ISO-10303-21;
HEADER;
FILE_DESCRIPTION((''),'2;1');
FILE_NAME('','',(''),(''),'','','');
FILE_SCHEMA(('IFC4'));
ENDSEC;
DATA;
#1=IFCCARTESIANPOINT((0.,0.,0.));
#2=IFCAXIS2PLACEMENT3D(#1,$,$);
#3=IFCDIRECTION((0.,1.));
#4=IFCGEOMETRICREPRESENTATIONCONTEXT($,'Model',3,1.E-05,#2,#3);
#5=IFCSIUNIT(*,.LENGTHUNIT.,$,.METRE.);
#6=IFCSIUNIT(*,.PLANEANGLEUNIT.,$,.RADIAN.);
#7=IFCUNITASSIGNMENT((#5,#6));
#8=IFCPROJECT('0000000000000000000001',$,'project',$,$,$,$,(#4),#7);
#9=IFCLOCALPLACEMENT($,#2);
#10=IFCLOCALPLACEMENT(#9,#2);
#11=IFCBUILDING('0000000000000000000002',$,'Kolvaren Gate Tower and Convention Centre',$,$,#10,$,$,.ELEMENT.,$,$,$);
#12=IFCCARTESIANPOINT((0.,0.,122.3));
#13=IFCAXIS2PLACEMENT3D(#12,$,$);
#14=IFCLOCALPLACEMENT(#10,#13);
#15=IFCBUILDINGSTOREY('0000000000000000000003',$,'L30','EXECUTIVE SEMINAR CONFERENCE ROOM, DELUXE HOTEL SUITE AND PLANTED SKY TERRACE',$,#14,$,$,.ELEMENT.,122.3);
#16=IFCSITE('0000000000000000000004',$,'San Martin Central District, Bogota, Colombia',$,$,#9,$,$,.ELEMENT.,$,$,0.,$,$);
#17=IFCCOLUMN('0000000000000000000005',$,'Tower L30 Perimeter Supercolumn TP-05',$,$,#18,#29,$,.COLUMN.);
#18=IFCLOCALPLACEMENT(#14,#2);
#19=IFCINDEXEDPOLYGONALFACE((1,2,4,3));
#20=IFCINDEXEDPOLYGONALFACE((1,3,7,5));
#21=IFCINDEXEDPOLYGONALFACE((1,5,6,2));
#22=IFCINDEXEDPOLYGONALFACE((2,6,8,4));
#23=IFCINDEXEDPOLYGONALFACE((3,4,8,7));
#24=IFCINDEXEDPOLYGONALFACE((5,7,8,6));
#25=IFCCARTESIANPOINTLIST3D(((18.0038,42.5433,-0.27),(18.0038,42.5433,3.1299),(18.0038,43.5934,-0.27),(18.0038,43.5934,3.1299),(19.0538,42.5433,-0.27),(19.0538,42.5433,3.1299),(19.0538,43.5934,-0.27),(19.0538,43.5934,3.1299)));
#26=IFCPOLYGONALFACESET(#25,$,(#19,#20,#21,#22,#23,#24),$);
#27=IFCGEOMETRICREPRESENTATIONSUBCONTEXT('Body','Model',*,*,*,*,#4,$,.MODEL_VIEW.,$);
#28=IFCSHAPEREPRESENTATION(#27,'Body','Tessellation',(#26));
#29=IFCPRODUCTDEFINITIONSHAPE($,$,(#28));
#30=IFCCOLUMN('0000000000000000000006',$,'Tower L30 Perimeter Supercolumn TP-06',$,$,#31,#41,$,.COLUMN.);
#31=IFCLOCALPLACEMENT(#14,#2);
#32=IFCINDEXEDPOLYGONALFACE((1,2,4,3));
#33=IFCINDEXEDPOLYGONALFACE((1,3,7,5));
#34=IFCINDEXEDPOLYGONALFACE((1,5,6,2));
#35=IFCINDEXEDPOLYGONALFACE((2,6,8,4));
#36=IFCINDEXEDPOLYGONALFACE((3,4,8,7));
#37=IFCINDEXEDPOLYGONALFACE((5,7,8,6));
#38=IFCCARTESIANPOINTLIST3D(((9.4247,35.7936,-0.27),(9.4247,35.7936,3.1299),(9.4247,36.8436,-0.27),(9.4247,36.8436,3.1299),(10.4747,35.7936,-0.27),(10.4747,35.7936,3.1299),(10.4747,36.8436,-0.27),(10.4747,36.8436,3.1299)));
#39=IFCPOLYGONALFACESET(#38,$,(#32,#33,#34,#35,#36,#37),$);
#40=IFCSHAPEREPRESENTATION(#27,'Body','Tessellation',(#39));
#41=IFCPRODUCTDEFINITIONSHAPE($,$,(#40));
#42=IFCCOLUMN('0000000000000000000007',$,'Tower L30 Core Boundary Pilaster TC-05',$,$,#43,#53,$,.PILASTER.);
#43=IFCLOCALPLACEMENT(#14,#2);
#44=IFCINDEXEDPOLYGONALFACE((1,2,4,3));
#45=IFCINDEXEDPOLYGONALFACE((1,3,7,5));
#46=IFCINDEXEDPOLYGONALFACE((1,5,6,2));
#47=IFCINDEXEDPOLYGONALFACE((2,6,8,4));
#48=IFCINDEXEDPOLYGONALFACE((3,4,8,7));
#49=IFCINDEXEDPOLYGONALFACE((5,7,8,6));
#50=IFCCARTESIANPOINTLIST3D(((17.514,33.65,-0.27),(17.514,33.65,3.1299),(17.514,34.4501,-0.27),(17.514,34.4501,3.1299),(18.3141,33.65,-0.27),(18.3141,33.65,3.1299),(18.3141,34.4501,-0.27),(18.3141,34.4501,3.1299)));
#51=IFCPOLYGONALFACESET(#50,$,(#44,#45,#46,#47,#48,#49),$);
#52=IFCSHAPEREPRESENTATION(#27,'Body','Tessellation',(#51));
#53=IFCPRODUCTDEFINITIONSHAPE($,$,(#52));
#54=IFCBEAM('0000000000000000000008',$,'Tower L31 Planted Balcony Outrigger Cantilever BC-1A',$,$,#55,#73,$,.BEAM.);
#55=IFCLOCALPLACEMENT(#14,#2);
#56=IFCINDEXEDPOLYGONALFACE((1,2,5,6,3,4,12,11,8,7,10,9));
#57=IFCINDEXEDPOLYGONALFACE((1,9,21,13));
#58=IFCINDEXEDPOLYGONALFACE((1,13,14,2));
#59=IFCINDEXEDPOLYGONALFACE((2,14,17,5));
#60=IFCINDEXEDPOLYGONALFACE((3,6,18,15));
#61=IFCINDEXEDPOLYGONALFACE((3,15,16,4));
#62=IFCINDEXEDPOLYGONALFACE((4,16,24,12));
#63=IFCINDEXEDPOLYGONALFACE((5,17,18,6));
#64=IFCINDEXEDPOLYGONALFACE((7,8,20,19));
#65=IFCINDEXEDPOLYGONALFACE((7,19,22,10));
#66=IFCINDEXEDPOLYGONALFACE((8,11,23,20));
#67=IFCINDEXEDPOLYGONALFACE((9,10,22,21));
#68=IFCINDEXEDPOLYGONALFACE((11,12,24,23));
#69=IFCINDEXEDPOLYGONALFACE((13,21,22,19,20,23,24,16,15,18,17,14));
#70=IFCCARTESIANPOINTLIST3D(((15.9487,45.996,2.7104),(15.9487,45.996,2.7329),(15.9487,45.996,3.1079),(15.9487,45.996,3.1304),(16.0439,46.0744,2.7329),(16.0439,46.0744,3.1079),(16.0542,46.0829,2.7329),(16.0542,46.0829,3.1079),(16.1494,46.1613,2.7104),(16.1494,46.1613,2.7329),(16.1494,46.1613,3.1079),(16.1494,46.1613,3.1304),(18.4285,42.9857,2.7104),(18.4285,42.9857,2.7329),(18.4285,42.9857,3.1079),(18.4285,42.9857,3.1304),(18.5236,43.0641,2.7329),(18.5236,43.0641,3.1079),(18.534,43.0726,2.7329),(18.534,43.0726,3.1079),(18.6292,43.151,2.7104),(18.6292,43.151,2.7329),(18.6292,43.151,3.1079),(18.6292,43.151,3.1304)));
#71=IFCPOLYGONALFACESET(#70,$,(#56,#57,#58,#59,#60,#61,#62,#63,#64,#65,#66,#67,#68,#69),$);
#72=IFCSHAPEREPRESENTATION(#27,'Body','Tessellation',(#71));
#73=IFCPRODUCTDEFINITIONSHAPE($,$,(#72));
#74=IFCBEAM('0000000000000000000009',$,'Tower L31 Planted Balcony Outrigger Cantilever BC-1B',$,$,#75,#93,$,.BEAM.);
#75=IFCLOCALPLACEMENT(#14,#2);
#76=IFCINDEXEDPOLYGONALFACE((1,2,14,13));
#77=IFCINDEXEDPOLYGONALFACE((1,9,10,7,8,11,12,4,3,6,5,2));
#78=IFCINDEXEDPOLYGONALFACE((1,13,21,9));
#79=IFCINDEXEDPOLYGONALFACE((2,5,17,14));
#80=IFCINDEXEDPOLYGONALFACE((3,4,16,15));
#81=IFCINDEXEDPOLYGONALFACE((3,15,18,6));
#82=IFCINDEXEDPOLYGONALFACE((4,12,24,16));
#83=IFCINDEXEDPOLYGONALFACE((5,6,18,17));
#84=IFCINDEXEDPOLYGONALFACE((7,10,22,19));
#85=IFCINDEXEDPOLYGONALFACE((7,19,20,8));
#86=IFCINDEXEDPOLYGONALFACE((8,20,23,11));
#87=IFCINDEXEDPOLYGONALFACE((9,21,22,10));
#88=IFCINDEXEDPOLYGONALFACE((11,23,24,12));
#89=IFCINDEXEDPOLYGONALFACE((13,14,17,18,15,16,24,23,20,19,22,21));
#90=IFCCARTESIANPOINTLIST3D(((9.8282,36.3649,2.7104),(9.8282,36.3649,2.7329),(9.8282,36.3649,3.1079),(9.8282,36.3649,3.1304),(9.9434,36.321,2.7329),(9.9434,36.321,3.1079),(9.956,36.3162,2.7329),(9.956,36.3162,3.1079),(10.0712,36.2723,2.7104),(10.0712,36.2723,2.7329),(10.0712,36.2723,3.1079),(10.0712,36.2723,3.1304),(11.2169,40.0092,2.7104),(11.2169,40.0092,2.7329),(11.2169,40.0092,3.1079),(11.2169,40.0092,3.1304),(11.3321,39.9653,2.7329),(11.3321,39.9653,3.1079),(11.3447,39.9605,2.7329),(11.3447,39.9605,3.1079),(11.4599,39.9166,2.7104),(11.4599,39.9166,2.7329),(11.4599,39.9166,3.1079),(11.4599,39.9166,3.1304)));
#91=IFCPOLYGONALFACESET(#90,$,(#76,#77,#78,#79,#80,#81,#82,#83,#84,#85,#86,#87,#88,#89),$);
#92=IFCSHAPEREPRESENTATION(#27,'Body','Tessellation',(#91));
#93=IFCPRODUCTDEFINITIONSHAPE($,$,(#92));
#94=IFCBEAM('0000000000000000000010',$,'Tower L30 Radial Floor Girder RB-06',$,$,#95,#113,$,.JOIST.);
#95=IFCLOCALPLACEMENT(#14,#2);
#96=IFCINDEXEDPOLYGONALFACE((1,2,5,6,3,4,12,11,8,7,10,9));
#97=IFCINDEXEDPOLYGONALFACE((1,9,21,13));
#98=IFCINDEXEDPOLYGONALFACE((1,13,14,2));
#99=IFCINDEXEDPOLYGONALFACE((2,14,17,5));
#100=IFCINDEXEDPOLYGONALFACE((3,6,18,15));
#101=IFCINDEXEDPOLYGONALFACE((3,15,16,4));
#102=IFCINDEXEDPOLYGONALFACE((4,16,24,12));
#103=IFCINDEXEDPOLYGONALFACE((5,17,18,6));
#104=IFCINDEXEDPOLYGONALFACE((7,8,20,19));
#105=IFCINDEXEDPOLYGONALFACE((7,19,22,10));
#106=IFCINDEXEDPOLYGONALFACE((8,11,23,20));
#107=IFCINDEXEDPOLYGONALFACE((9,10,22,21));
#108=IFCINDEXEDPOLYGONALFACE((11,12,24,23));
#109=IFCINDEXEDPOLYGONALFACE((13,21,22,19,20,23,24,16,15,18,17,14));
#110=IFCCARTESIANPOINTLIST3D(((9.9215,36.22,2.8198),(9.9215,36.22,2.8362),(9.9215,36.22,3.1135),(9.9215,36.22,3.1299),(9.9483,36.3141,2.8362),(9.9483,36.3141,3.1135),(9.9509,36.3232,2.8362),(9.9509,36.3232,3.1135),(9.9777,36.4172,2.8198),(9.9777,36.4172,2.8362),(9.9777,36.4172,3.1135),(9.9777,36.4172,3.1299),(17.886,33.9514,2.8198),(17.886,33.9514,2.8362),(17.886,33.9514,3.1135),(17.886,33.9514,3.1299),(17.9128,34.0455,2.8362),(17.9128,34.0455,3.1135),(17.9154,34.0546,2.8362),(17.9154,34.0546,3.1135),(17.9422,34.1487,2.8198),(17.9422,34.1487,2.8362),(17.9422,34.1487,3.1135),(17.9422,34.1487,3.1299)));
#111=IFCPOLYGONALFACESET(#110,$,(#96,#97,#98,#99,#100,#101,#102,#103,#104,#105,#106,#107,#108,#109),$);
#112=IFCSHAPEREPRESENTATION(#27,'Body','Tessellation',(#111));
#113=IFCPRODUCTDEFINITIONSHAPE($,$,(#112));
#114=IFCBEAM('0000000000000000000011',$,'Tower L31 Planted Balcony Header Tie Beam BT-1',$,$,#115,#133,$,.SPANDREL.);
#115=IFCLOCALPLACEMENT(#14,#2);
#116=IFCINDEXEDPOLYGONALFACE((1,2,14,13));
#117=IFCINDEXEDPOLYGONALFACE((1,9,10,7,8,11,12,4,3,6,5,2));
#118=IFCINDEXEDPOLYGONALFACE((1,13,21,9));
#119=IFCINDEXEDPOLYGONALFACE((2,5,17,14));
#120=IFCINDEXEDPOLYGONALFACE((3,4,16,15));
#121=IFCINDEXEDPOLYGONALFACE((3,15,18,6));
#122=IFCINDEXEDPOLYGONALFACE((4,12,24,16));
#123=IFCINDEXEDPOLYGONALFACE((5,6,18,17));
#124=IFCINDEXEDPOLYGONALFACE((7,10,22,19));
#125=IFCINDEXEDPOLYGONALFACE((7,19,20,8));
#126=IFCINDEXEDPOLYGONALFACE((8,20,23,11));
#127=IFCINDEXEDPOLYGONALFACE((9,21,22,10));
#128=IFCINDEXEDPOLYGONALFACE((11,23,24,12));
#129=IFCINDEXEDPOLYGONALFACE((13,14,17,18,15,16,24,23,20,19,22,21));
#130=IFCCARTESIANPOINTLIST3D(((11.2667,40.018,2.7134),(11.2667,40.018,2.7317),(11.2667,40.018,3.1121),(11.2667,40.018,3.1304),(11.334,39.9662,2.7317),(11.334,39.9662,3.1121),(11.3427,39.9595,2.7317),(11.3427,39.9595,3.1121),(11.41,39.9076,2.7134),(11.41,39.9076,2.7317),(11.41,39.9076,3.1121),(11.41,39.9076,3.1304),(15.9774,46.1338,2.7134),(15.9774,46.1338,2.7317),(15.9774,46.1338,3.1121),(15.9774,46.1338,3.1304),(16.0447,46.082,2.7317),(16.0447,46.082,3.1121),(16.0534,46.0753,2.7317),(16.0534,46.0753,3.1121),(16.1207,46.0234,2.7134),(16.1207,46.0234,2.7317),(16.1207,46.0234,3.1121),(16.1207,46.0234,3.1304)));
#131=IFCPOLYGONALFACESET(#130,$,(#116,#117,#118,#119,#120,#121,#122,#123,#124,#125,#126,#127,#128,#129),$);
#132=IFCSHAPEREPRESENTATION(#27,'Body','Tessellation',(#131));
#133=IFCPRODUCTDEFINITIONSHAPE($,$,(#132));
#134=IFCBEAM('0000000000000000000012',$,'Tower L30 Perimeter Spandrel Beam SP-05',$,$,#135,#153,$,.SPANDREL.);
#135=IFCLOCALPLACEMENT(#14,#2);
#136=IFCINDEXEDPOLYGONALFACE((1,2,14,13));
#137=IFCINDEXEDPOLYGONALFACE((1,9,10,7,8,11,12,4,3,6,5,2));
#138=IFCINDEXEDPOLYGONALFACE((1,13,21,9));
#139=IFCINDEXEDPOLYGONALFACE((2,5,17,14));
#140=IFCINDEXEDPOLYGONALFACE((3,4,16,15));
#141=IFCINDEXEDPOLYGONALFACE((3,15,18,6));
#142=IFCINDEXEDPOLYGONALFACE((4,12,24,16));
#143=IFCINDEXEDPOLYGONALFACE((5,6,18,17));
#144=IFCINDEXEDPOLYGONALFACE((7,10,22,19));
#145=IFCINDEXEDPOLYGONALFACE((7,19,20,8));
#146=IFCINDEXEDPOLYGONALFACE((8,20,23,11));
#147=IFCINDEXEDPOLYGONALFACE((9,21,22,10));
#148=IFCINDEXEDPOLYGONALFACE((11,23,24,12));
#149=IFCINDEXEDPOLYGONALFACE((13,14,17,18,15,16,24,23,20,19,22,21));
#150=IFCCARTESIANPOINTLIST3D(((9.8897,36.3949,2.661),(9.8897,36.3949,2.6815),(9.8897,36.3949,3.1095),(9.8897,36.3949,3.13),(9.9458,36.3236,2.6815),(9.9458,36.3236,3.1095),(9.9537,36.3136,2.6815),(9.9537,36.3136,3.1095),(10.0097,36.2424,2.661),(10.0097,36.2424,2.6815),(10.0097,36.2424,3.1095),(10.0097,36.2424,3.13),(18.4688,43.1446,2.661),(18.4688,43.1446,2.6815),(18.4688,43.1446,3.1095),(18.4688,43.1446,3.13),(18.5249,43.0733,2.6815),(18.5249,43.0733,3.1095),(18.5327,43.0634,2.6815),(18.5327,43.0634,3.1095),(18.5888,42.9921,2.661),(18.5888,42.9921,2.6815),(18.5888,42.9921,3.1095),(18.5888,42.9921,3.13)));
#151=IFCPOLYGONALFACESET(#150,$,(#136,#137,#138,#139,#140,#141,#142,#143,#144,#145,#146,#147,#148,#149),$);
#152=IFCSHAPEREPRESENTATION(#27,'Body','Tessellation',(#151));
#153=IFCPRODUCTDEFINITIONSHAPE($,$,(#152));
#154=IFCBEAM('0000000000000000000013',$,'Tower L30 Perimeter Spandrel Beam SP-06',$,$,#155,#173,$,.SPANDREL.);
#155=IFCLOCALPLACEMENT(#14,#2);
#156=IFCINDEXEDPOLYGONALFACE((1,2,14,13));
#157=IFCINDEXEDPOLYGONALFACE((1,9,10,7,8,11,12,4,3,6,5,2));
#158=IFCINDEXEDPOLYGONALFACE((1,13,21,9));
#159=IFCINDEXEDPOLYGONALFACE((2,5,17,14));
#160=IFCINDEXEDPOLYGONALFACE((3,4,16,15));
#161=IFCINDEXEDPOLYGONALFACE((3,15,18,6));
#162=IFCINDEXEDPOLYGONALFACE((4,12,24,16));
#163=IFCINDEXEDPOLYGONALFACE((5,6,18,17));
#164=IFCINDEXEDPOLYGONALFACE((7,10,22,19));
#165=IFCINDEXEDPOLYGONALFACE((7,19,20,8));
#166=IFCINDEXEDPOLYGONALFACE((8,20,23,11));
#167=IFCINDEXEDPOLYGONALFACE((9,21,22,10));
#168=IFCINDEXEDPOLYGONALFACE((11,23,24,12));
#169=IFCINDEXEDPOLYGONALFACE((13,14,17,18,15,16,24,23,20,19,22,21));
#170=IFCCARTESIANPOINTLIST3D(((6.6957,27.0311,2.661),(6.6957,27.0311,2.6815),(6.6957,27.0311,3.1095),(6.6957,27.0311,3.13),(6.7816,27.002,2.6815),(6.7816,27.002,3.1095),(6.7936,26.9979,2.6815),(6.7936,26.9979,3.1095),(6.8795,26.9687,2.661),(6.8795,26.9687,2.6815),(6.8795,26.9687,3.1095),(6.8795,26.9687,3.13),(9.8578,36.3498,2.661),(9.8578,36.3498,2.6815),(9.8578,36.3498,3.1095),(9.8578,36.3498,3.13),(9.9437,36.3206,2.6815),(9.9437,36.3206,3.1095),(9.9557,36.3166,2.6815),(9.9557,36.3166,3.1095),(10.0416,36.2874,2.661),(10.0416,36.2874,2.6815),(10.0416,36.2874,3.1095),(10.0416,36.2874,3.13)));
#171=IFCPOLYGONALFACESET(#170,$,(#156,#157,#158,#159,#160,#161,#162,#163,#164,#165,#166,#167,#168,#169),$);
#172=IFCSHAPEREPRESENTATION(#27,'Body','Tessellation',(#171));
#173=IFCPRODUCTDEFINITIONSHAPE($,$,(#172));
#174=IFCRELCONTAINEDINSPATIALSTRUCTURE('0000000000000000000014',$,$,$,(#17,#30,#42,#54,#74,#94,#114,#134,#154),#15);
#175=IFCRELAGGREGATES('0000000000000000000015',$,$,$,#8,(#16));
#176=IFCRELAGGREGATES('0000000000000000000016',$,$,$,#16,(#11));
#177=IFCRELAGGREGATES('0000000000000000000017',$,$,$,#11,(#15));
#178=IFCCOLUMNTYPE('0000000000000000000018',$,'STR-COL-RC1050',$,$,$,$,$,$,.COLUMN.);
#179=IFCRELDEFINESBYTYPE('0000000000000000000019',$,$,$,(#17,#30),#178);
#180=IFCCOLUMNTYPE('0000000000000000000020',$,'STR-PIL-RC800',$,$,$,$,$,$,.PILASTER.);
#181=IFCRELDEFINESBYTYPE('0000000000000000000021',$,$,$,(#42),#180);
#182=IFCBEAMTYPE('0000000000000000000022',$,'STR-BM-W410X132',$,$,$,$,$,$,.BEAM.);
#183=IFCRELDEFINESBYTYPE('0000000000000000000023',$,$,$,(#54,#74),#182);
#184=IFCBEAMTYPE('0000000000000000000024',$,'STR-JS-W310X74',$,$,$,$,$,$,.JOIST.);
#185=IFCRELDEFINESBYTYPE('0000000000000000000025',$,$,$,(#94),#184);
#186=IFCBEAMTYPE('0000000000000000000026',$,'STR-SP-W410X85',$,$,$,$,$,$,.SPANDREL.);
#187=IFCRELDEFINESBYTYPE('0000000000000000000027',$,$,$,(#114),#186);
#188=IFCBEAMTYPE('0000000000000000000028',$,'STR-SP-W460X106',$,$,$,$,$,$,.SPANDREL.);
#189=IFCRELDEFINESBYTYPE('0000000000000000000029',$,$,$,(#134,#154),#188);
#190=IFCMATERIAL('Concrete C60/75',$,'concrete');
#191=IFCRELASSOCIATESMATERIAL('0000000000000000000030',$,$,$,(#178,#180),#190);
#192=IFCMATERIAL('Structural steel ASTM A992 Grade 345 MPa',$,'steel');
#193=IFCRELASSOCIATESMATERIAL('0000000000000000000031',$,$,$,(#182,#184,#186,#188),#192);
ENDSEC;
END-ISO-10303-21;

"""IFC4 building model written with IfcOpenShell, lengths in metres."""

from ifc_helpers import new_model, si_unit, direction, frame, origin, origin_2d, place, context, subcontext, project, spatial, rectangle, i_section, extrude, material, material_profile, profile_set, type_object, element, save


model = new_model("IFC4")

# Units and contexts
model_context = context("Model", 3, precision=1e-05, world=origin(), true_north=direction((0.0, 1.0)))
body_context = subcontext(model_context, "Body", "Model", "MODEL_VIEW")
ifc_project = project(units=[si_unit("LENGTHUNIT", "METRE"), si_unit("PLANEANGLEUNIT", "RADIAN")], contexts=[model_context])

# Site, building, storey
site_placement = place(None, origin())
site = spatial("IfcSite", under=ifc_project, at=site_placement, Name="San Martin Central District, Bogota, Colombia", CompositionType="ELEMENT", RefElevation=0.0)
building_placement = place(site_placement, origin())
building = spatial("IfcBuilding", under=site, at=building_placement, Name="Kolvaren Gate Tower and Convention Centre", CompositionType="ELEMENT")
storey_placement = place(building_placement, frame((0.0, 0.0, 122.3)))
storey = spatial("IfcBuildingStorey", under=building, at=storey_placement, Name="L30", Description="EXECUTIVE SEMINAR CONFERENCE ROOM, DELUXE HOTEL SUITE AND PLANTED SKY TERRACE", CompositionType="ELEMENT", Elevation=122.3)

# Columns
ifc_material_1 = material(Name="Concrete C60/75", Category="concrete")
ifc_material_profile_1 = material_profile(ifc_material_1, rectangle(XDim=1.05, YDim=1.05, at=origin_2d()), Name="RC-COL-1050X1050")
ifc_profile_set_1 = profile_set([ifc_material_profile_1], Name="Concrete C60/75")
column_type_1 = type_object("IfcColumnType", Name="STR-COL-RC1050", PredefinedType="COLUMN", material=ifc_profile_set_1)
for number, where, z_axis, x_axis, name in (
    (1, (18.5288, 43.0684, -0.27), (0.0, 0.0, 1.0), (1.0, 0.0, 0.0), "Tower L30 Perimeter Supercolumn TP-05"),
    (2, (9.9497, 36.3186, -0.27), (0.0, 0.0, 1.0), (1.0, 0.0, 0.0), "Tower L30 Perimeter Supercolumn TP-06"),
):
    element("IfcColumn", number, at=place(storey_placement, frame(where, z_axis=z_axis, x_axis=x_axis)), inside=storey, type_object=column_type_1, Name=name, PredefinedType="COLUMN", context=body_context, shape_type="SweptSolid", body=[
        extrude(rectangle(XDim=1.05, YDim=1.05, at=origin_2d()), origin(), (0.0, 0.0, 1.0), 3.3999),
    ])
ifc_material_profile_2 = material_profile(ifc_material_1, rectangle(XDim=0.8, YDim=0.8, at=origin_2d()), Name="RC-COL-800X800")
ifc_profile_set_2 = profile_set([ifc_material_profile_2], Name="Concrete C60/75")
column_type_2 = type_object("IfcColumnType", Name="STR-PIL-RC800", PredefinedType="PILASTER", material=ifc_profile_set_2)
column_placement = place(storey_placement, frame((17.9141, 34.05, -0.27), z_axis=(0.0, 0.0, 1.0), x_axis=(1.0, 0.0, 0.0)))
element("IfcColumn", 3, at=column_placement, inside=storey, type_object=column_type_2, Name="Tower L30 Core Boundary Pilaster TC-05", PredefinedType="PILASTER", context=body_context, shape_type="SweptSolid", body=[
    extrude(rectangle(XDim=0.8, YDim=0.8, at=origin_2d()), origin(), (0.0, 0.0, 1.0), 3.3999),
])

# Beams
ifc_material_2 = material(Name="Structural steel ASTM A992 Grade 345 MPa", Category="steel")
ifc_material_profile_3 = material_profile(ifc_material_2, i_section(OverallWidth=0.26, OverallDepth=0.4199, WebThickness=0.0134, FlangeThickness=0.0225, at=origin_2d()), Name="W410X132")
ifc_profile_set_3 = profile_set([ifc_material_profile_3], Name="Structural steel ASTM A992 Grade 345 MPa")
beam_type_1 = type_object("IfcBeamType", Name="STR-BM-W410X132", PredefinedType="BEAM", material=ifc_profile_set_3)
beam_1_placement = place(storey_placement, frame((18.5288, 43.0684, 2.9204), z_axis=(-0.635815, 0.771842, 0.0), x_axis=(-0.771842, -0.635815, 0.0)))
element("IfcBeam", 4, at=beam_1_placement, inside=storey, type_object=beam_type_1, Name="Tower L31 Planted Balcony Outrigger Cantilever BC-1A", PredefinedType="BEAM", context=body_context, shape_type="SweptSolid", body=[
    extrude(i_section(OverallWidth=0.26, OverallDepth=0.4199, WebThickness=0.0134, FlangeThickness=0.0225, at=origin_2d()), origin(), (0.0, 0.0, 1.0), 3.9001),
])
beam_2_placement = place(storey_placement, frame((9.9497, 36.3186, 2.9204), z_axis=(0.356079, 0.934456, 0.0), x_axis=(-0.934456, 0.356079, 0.0)))
element("IfcBeam", 5, at=beam_2_placement, inside=storey, type_object=beam_type_1, Name="Tower L31 Planted Balcony Outrigger Cantilever BC-1B", PredefinedType="BEAM", context=body_context, shape_type="SweptSolid", body=[
    extrude(i_section(OverallWidth=0.26, OverallDepth=0.4199, WebThickness=0.0134, FlangeThickness=0.0225, at=origin_2d()), origin(), (0.0, 0.0, 1.0), 3.8999),
])
ifc_material_profile_4 = material_profile(ifc_material_2, i_section(OverallWidth=0.2051, OverallDepth=0.3101, WebThickness=0.0095, FlangeThickness=0.0164, at=origin_2d()), Name="W310X74")
ifc_profile_set_4 = profile_set([ifc_material_profile_4], Name="Structural steel ASTM A992 Grade 345 MPa")
beam_type_2 = type_object("IfcBeamType", Name="STR-JS-W310X74", PredefinedType="JOIST", material=ifc_profile_set_4)
beam_3_placement = place(storey_placement, frame((17.9141, 34.05, 2.9749), z_axis=(-0.961746, 0.273942, 0.0), x_axis=(-0.273942, -0.961746, 0.0)))
element("IfcBeam", 6, at=beam_3_placement, inside=storey, type_object=beam_type_2, Name="Tower L30 Radial Floor Girder RB-06", PredefinedType="JOIST", context=body_context, shape_type="SweptSolid", body=[
    extrude(i_section(OverallWidth=0.2051, OverallDepth=0.3101, WebThickness=0.0095, FlangeThickness=0.0164, at=origin_2d()), origin(), (0.0, 0.0, 1.0), 8.2812),
])
ifc_material_profile_5 = material_profile(ifc_material_2, i_section(OverallWidth=0.1809, OverallDepth=0.417, WebThickness=0.011, FlangeThickness=0.0183, at=origin_2d()), Name="W410X85")
ifc_profile_set_5 = profile_set([ifc_material_profile_5], Name="Structural steel ASTM A992 Grade 345 MPa")
beam_type_3 = type_object("IfcBeamType", Name="STR-SP-W410X85", PredefinedType="SPANDREL", material=ifc_profile_set_5)
beam_4_placement = place(storey_placement, frame((16.0491, 46.0786, 2.9219), z_axis=(-0.610223, -0.79223, 0.0), x_axis=(0.79223, -0.610223, 0.0)))
element("IfcBeam", 7, at=beam_4_placement, inside=storey, type_object=beam_type_3, Name="Tower L31 Planted Balcony Header Tie Beam BT-1", PredefinedType="SPANDREL", context=body_context, shape_type="SweptSolid", body=[
    extrude(i_section(OverallWidth=0.1809, OverallDepth=0.417, WebThickness=0.011, FlangeThickness=0.0183, at=origin_2d()), origin(), (0.0, 0.0, 1.0), 7.7197),
])
ifc_material_profile_6 = material_profile(ifc_material_2, i_section(OverallWidth=0.1941, OverallDepth=0.469, WebThickness=0.0127, FlangeThickness=0.0205, at=origin_2d()), Name="W460X106")
ifc_profile_set_6 = profile_set([ifc_material_profile_6], Name="Structural steel ASTM A992 Grade 345 MPa")
beam_type_4 = type_object("IfcBeamType", Name="STR-SP-W460X106", PredefinedType="SPANDREL", material=ifc_profile_set_6)
beam_5_placement = place(storey_placement, frame((18.5288, 43.0684, 2.8955), z_axis=(-0.785916, -0.618333, 0.0), x_axis=(0.618333, -0.785916, 0.0)))
element("IfcBeam", 8, at=beam_5_placement, inside=storey, type_object=beam_type_4, Name="Tower L30 Perimeter Spandrel Beam SP-05", PredefinedType="SPANDREL", context=body_context, shape_type="SweptSolid", body=[
    extrude(i_section(OverallWidth=0.1941, OverallDepth=0.469, WebThickness=0.0127, FlangeThickness=0.0205, at=origin_2d()), origin(), (0.0, 0.0, 1.0), 10.916),
])
beam_6_placement = place(storey_placement, frame((9.9497, 36.3186, 2.8955), z_axis=(-0.321336, -0.946965, 0.0), x_axis=(0.946965, -0.321336, 0.0)))
element("IfcBeam", 9, at=beam_6_placement, inside=storey, type_object=beam_type_4, Name="Tower L30 Perimeter Spandrel Beam SP-06", PredefinedType="SPANDREL", context=body_context, shape_type="SweptSolid", body=[
    extrude(i_section(OverallWidth=0.1941, OverallDepth=0.469, WebThickness=0.0127, FlangeThickness=0.0205, at=origin_2d()), origin(), (0.0, 0.0, 1.0), 9.8406),
])

save(model, "model.ifc")
